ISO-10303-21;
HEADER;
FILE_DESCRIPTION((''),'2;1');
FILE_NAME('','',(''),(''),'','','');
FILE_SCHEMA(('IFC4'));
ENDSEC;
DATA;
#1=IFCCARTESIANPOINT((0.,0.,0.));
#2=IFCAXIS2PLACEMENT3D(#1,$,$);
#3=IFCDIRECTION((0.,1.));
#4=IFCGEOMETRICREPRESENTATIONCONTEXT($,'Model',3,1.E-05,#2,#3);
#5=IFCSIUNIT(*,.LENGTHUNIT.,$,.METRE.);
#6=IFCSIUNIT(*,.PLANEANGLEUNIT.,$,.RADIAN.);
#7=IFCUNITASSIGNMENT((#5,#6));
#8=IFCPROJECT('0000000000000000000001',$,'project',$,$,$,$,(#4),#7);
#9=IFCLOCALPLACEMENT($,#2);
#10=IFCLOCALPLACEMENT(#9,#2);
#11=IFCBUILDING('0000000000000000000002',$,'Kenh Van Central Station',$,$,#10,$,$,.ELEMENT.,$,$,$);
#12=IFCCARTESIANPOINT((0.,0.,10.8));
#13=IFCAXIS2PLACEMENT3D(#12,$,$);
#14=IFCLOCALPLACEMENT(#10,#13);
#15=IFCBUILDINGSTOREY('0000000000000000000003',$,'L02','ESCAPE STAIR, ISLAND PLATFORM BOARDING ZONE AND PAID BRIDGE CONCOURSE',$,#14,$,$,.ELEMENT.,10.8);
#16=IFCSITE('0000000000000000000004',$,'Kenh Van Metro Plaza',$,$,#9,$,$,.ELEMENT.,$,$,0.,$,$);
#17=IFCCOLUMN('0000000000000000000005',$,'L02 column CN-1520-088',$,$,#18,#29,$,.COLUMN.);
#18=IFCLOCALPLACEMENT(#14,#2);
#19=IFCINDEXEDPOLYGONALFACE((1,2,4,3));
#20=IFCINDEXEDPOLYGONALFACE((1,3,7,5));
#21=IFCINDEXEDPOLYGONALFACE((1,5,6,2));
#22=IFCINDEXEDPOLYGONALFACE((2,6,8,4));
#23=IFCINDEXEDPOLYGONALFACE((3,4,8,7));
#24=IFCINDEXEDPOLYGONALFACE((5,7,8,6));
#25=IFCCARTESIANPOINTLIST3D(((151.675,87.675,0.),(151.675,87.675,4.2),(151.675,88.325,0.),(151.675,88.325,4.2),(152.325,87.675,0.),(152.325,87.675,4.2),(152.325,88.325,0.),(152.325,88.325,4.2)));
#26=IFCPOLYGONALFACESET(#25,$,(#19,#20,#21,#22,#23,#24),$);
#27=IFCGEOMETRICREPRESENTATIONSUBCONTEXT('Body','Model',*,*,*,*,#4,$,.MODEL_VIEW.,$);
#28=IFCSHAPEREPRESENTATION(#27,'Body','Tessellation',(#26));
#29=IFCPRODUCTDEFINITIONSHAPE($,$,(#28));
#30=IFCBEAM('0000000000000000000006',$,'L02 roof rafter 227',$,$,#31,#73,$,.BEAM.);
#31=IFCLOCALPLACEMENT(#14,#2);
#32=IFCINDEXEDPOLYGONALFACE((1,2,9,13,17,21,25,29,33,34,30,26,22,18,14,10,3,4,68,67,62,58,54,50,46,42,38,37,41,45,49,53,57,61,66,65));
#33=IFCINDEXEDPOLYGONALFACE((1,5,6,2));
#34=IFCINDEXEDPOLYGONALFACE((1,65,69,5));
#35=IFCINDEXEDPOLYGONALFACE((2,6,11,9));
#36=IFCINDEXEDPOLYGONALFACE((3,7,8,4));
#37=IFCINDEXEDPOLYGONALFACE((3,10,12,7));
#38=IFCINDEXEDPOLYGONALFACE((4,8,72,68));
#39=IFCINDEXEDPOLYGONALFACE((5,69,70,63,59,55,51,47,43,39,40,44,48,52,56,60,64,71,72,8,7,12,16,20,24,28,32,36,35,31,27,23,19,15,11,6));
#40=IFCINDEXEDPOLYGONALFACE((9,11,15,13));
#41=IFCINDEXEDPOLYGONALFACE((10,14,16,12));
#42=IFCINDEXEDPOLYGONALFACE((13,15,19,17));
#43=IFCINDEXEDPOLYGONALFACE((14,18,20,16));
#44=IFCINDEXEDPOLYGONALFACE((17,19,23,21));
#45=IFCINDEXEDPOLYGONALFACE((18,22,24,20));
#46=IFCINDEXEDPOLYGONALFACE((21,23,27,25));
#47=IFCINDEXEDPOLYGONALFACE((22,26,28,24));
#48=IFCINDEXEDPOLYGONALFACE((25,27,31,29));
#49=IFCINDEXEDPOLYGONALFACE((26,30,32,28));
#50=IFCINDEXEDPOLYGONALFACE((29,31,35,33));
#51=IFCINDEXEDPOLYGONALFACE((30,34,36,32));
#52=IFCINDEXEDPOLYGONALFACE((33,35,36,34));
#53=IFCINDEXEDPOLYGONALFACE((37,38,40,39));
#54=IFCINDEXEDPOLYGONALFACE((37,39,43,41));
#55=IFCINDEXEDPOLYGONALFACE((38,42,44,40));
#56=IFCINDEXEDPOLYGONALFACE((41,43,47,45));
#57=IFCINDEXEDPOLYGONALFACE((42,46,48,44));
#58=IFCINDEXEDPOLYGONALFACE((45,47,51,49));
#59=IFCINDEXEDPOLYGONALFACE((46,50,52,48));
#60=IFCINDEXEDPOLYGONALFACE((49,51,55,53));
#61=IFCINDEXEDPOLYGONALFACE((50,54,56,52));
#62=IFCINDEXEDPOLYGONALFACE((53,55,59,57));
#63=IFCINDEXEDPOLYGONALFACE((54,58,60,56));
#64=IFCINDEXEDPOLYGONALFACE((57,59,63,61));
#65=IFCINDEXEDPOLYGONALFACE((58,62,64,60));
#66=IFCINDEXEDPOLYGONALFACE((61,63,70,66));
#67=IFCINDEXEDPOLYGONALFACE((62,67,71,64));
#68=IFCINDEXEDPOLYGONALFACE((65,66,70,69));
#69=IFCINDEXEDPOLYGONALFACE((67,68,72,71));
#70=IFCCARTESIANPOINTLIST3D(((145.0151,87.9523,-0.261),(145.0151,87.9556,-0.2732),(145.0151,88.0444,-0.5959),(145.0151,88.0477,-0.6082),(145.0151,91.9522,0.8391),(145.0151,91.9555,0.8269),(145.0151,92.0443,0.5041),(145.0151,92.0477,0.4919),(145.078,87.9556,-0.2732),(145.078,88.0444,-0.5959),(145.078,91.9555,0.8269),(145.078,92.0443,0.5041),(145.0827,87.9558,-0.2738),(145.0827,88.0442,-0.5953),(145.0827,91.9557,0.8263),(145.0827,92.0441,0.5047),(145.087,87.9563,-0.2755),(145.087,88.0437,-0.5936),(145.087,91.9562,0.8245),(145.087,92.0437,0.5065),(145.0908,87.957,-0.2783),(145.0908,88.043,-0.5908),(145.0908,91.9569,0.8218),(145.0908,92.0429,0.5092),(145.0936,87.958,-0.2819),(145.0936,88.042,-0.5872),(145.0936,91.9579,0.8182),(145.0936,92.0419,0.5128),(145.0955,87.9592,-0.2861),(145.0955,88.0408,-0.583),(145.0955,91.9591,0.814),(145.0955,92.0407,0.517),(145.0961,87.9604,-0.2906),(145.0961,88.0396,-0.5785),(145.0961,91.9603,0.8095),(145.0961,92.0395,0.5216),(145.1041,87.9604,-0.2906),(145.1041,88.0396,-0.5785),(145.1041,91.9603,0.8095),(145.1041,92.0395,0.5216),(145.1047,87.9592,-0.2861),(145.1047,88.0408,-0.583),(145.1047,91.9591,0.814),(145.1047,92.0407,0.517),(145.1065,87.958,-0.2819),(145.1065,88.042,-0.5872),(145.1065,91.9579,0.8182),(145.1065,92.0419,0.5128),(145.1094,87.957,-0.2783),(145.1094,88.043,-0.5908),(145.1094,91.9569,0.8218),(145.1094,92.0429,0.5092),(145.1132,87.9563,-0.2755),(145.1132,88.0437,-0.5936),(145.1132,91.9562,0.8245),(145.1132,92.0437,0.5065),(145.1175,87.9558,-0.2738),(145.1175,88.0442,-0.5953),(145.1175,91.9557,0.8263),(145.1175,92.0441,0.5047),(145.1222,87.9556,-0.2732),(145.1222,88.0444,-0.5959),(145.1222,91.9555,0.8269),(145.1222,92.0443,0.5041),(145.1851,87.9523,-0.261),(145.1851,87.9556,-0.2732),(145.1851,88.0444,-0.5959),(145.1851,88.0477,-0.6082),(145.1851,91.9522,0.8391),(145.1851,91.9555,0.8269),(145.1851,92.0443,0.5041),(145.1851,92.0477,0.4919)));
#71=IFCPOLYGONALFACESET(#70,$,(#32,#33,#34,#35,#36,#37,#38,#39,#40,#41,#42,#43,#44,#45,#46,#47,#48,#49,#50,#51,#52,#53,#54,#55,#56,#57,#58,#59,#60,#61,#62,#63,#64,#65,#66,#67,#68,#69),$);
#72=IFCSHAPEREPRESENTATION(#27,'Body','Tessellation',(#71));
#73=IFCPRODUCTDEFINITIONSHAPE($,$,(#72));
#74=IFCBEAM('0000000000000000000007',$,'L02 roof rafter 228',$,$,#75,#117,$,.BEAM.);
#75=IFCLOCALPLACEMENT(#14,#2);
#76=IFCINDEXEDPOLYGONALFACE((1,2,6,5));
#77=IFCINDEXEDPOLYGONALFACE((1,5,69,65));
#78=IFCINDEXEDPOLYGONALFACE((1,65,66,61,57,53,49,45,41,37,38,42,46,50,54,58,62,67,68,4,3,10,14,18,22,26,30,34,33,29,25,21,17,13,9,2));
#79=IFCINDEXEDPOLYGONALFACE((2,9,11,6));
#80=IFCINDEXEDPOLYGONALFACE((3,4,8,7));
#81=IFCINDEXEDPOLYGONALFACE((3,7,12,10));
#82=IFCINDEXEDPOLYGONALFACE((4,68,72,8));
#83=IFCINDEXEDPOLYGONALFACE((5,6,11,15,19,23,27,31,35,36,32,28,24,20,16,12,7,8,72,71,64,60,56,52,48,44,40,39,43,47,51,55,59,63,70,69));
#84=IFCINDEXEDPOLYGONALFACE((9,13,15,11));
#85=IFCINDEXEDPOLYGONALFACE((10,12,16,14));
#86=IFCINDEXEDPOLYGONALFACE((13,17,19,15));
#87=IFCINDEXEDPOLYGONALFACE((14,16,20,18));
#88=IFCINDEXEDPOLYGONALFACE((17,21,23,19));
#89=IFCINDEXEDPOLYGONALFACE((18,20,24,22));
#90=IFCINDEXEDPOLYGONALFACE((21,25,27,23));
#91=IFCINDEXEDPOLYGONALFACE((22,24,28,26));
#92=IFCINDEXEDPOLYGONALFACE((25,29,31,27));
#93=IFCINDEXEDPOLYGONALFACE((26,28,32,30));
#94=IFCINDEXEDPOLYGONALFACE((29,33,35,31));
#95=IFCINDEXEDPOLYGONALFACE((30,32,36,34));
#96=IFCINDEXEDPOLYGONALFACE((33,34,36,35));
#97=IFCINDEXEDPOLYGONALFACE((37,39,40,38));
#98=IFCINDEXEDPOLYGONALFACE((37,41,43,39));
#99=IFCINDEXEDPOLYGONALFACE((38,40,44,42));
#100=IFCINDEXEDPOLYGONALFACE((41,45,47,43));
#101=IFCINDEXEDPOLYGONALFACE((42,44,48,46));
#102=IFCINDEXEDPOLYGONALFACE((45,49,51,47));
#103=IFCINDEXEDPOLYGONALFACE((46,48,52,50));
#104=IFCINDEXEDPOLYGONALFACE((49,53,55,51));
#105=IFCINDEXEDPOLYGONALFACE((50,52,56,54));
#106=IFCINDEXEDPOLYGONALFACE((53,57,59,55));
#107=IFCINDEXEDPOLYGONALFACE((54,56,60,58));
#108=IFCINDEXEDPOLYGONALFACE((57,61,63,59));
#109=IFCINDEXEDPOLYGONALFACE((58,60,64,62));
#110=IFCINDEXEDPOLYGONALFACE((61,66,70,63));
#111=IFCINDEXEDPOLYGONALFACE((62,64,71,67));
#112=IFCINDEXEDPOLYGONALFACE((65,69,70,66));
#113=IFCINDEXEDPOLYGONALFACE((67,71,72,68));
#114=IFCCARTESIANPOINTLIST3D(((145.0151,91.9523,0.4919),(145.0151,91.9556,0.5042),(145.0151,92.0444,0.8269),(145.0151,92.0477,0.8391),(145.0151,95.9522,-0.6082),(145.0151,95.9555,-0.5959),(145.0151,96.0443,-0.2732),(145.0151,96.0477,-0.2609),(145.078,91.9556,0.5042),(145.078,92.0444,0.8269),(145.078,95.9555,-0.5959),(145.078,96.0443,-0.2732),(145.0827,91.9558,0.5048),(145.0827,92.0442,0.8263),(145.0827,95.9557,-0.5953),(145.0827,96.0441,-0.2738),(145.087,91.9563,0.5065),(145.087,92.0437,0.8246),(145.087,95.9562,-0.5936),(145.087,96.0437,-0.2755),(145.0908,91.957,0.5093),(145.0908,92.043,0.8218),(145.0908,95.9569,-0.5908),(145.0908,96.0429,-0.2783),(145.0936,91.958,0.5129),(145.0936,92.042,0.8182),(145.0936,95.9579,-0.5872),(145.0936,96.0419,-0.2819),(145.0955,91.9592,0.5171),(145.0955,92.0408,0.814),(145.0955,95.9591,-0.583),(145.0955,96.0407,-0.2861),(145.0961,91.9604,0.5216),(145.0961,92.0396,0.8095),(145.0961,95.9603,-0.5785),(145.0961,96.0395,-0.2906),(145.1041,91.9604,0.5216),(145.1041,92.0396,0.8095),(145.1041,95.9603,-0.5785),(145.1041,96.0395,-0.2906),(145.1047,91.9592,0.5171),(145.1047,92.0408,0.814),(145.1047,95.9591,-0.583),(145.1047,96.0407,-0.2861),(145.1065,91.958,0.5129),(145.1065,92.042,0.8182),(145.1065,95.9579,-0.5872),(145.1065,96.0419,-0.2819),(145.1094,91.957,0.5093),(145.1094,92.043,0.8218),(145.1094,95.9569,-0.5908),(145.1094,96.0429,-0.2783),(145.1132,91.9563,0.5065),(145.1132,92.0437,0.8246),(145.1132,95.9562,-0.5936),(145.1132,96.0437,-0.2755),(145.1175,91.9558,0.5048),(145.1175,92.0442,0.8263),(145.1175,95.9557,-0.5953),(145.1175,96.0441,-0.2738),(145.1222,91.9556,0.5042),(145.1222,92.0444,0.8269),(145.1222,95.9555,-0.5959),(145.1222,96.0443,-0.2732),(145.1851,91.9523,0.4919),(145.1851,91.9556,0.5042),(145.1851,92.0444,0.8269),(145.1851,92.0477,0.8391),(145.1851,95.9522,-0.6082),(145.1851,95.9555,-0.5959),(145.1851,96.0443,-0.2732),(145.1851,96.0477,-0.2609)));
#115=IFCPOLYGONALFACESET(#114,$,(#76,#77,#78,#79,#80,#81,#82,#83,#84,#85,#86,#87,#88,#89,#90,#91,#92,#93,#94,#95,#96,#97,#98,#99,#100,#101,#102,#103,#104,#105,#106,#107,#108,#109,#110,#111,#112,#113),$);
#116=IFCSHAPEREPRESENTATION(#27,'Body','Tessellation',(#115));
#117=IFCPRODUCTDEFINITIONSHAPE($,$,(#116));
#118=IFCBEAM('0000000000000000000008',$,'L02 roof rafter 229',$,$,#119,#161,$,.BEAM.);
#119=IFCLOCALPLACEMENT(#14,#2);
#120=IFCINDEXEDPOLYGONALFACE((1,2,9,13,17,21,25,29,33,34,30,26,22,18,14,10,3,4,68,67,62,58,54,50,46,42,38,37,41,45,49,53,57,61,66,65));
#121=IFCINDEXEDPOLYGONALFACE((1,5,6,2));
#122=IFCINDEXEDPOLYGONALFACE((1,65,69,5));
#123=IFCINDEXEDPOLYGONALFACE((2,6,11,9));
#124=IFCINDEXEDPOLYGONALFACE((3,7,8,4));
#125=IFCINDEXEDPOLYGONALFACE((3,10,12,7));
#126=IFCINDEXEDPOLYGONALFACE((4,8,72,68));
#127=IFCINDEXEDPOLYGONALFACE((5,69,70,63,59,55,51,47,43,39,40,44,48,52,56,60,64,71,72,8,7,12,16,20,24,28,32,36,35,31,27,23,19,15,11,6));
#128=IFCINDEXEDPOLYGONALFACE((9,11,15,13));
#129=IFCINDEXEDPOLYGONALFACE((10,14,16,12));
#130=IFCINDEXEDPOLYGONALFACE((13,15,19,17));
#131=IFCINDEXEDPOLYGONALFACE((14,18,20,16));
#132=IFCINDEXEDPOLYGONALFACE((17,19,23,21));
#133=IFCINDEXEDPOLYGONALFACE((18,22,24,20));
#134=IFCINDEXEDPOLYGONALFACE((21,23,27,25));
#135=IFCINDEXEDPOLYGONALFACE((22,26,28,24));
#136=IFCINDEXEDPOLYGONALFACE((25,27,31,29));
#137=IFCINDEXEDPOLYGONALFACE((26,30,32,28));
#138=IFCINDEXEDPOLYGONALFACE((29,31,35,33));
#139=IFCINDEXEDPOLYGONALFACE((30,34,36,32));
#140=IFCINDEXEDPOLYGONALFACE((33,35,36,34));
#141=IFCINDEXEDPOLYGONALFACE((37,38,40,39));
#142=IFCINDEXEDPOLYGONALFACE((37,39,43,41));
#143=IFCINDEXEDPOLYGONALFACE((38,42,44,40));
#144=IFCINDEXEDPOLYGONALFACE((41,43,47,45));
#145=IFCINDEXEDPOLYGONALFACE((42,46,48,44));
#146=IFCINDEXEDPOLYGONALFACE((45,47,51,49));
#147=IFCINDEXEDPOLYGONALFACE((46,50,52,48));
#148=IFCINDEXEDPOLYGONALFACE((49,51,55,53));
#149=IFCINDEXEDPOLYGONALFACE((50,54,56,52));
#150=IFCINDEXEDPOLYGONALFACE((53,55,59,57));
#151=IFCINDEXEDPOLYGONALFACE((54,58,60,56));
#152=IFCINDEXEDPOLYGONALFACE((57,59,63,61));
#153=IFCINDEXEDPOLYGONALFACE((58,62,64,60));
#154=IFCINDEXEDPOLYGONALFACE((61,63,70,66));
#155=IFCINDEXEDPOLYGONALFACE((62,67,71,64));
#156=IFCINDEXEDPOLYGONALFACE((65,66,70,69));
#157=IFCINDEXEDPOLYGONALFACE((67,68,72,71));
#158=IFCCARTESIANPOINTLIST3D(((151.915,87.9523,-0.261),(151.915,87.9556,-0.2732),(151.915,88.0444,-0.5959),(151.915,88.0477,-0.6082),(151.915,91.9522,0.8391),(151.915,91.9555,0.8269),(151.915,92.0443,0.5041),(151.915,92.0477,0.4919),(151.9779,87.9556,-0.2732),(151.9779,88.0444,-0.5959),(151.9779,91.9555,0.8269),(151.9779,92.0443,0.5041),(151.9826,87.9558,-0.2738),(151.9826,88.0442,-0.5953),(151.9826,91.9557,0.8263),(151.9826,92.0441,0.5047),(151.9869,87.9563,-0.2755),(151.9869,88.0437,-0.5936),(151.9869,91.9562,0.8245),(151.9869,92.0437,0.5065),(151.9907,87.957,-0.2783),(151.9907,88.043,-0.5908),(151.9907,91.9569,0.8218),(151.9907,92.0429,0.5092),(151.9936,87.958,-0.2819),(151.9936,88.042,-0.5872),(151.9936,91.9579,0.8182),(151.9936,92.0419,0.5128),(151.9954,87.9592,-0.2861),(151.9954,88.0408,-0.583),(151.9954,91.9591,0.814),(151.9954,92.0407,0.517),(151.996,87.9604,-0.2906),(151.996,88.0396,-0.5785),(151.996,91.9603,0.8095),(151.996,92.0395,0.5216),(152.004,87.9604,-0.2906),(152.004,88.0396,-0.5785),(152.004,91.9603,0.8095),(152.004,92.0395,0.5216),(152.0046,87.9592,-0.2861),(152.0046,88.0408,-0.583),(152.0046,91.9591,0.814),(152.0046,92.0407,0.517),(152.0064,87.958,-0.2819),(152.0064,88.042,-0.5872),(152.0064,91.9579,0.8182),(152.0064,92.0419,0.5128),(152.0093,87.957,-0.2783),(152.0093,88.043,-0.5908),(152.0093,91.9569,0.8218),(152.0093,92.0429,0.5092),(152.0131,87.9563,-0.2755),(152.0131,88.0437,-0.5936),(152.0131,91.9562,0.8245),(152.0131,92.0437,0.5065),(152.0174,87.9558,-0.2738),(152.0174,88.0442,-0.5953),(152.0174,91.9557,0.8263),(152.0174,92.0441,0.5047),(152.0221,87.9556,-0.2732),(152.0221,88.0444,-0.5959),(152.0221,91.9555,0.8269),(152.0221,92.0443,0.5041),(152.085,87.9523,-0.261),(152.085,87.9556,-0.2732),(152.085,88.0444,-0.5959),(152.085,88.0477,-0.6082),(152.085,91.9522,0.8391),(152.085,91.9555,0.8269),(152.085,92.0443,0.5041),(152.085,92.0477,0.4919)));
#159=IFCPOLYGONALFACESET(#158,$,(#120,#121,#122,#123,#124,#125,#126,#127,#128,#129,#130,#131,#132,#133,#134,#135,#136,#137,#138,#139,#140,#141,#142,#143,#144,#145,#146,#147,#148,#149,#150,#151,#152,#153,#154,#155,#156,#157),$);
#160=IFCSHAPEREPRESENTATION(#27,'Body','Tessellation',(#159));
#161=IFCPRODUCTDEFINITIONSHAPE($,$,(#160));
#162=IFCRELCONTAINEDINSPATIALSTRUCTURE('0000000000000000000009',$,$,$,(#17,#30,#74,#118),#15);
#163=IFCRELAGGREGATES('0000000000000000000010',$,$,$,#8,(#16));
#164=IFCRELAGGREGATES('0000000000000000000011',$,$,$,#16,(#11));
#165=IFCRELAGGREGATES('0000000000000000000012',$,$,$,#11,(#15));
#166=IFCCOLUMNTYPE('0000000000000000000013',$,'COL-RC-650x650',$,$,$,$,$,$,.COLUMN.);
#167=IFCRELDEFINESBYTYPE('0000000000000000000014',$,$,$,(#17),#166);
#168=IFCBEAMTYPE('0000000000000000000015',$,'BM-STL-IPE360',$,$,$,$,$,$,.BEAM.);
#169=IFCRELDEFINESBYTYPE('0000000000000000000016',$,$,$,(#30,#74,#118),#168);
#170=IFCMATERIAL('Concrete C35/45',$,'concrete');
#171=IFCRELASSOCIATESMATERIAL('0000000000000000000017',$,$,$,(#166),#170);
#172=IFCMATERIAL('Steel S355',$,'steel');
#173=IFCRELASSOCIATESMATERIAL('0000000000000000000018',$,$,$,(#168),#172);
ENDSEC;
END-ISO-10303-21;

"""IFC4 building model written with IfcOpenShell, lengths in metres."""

from ifc_helpers import new_model, si_unit, direction, frame, origin, origin_2d, place, context, subcontext, project, spatial, rectangle, i_section, extrude, material, material_profile, profile_set, type_object, element, save


model = new_model("IFC4")

# Units and contexts
model_context = context("Model", 3, precision=1e-05, world=origin(), true_north=direction((0.0, 1.0)))
body_context = subcontext(model_context, "Body", "Model", "MODEL_VIEW")
ifc_project = project(units=[si_unit("LENGTHUNIT", "METRE"), si_unit("PLANEANGLEUNIT", "RADIAN")], contexts=[model_context])

# Site, building, storey
site_placement = place(None, origin())
site = spatial("IfcSite", under=ifc_project, at=site_placement, Name="Kenh Van Metro Plaza", CompositionType="ELEMENT", RefElevation=0.0)
building_placement = place(site_placement, origin())
building = spatial("IfcBuilding", under=site, at=building_placement, Name="Kenh Van Central Station", CompositionType="ELEMENT")
storey_placement = place(building_placement, frame((0.0, 0.0, 10.8)))
storey = spatial("IfcBuildingStorey", under=building, at=storey_placement, Name="L02", Description="ESCAPE STAIR, ISLAND PLATFORM BOARDING ZONE AND PAID BRIDGE CONCOURSE", CompositionType="ELEMENT", Elevation=10.8)

# Column
ifc_material_1 = material(Name="Concrete C35/45", Category="concrete")
ifc_material_profile_1 = material_profile(ifc_material_1, rectangle(XDim=0.6499, YDim=0.6499, at=origin_2d()), Name="RC 650x650")
ifc_profile_set_1 = profile_set([ifc_material_profile_1], Name="Concrete C35/45")
column_type = type_object("IfcColumnType", Name="COL-RC-650x650", PredefinedType="COLUMN", material=ifc_profile_set_1)
column_placement = place(storey_placement, frame((152.0, 88.0, 0.0), z_axis=(0.0, 0.0, 1.0), x_axis=(1.0, 0.0, 0.0)))
element("IfcColumn", 1, at=column_placement, inside=storey, type_object=column_type, Name="L02 column CN-1520-088", PredefinedType="COLUMN", context=body_context, shape_type="SweptSolid", body=[
    extrude(rectangle(XDim=0.6499, YDim=0.6499, at=origin_2d()), origin(), (0.0, 0.0, 1.0), 4.2),
])

# Beams
ifc_material_2 = material(Name="Steel S355", Category="steel")
ifc_material_profile_2 = material_profile(ifc_material_2, i_section(OverallWidth=0.1699, OverallDepth=0.3601, WebThickness=0.0081, FlangeThickness=0.0127, FilletRadius=0.0181, at=origin_2d()), Name="IPE 360")
ifc_profile_set_2 = profile_set([ifc_material_profile_2], Name="Steel S355")
beam_type_1 = type_object("IfcBeamType", Name="BM-STL-IPE360", PredefinedType="BEAM", material=ifc_profile_set_2)
for number, where, z_axis, x_axis, name in (
    (2, (145.1001, 88.0, -0.4346), (0.0, 0.964199, 0.265178), (-1.0, 0.0, 0.0), "L02 roof rafter 227"),
    (3, (145.1001, 92.0, 0.6655), (0.0, 0.964199, -0.265178), (-1.0, 0.0, 0.0), "L02 roof rafter 228"),
    (4, (152.0, 88.0, -0.4346), (0.0, 0.964199, 0.265178), (-1.0, 0.0, 0.0), "L02 roof rafter 229"),
):
    element("IfcBeam", number, at=place(storey_placement, frame(where, z_axis=z_axis, x_axis=x_axis)), inside=storey, type_object=beam_type_1, Name=name, PredefinedType="BEAM", context=body_context, shape_type="SweptSolid", body=[
        extrude(i_section(OverallWidth=0.1699, OverallDepth=0.3601, WebThickness=0.0081, FlangeThickness=0.0127, FilletRadius=0.0181, at=origin_2d()), origin(), (0.0, 0.0, 1.0), 4.1484),
    ])

save(model, "model.ifc")
